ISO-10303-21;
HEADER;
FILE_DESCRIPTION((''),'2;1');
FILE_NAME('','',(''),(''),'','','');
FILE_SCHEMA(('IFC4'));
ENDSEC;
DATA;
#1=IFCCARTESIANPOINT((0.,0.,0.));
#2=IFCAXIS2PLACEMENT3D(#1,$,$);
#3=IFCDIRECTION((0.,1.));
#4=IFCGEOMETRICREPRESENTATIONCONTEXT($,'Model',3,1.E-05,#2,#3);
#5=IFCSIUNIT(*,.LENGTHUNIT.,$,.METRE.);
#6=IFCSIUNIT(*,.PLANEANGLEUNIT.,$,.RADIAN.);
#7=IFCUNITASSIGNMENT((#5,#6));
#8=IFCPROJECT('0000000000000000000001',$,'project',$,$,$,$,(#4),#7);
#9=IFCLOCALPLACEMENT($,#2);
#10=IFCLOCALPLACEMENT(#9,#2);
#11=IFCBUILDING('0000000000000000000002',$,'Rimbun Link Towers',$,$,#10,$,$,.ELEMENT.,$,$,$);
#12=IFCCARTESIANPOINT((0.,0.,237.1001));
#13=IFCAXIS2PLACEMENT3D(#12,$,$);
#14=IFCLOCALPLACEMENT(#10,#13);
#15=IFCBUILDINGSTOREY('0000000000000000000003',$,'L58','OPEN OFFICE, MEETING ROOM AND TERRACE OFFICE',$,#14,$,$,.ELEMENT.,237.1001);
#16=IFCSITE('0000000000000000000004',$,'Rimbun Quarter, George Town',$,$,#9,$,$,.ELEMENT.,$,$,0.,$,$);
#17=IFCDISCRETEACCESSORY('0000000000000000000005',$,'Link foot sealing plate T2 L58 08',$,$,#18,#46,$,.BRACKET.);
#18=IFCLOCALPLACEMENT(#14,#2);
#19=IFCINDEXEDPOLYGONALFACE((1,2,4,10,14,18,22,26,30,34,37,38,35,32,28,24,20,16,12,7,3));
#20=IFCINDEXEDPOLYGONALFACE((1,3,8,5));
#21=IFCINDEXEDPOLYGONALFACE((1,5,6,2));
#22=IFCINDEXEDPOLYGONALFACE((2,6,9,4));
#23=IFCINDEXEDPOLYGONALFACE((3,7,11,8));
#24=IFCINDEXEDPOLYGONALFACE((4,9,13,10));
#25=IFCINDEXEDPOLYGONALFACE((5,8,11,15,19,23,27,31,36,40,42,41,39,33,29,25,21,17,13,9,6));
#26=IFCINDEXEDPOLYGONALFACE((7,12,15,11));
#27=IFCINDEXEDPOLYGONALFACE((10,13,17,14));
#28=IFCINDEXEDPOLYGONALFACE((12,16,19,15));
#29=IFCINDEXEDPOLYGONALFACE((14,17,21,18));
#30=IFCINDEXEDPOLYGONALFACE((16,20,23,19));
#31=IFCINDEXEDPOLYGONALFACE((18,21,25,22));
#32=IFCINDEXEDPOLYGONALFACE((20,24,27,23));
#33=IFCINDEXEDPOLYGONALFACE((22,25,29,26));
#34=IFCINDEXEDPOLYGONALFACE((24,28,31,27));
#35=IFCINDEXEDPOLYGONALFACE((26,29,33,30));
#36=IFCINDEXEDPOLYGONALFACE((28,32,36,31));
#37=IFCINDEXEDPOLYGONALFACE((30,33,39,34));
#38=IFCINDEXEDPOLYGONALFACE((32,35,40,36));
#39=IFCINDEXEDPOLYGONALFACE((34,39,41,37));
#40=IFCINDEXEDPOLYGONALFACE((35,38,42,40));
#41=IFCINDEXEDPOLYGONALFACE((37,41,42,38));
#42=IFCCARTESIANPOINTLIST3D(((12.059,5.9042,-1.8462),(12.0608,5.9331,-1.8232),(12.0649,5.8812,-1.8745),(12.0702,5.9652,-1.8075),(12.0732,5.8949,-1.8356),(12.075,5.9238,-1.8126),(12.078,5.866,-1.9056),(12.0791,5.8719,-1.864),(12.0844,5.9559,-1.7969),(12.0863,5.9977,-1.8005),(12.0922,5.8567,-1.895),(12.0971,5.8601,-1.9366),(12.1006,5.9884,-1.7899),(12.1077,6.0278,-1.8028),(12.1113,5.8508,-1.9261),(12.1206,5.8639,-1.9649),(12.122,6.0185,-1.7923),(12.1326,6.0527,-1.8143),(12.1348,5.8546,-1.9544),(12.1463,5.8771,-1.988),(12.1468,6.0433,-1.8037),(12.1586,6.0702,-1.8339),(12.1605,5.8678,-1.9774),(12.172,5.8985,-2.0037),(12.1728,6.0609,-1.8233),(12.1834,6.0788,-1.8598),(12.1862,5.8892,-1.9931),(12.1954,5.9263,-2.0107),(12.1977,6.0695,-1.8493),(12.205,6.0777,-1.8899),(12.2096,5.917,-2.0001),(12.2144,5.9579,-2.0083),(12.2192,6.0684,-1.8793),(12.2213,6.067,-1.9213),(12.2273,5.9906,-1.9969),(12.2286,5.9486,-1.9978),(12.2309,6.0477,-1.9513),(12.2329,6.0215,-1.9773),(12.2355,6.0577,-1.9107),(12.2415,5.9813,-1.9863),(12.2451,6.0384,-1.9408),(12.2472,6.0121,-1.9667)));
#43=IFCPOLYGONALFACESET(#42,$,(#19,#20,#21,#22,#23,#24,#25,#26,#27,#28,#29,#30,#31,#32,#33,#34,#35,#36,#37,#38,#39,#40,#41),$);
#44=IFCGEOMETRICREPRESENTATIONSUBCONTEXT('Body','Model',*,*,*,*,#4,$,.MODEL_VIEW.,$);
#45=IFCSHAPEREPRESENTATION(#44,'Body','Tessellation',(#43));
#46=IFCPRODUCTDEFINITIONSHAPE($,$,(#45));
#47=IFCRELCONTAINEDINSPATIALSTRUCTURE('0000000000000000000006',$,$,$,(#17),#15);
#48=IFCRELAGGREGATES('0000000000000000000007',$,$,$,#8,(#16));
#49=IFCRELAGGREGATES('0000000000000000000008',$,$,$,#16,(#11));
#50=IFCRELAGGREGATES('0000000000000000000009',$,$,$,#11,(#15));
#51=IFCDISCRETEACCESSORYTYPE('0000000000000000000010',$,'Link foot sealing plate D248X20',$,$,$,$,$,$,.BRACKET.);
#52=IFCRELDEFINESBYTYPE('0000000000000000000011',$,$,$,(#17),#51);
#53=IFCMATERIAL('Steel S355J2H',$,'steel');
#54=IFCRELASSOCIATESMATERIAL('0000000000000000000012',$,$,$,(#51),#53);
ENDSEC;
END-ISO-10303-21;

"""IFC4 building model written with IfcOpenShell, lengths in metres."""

from ifc_helpers import new_model, si_unit, direction, frame, origin, origin_2d, place, context, subcontext, project, spatial, circle, extrude, material, material_profile, profile_set, type_object, element, save


model = new_model("IFC4")

# Units and contexts
model_context = context("Model", 3, precision=1e-05, world=origin(), true_north=direction((0.0, 1.0)))
body_context = subcontext(model_context, "Body", "Model", "MODEL_VIEW")
ifc_project = project(units=[si_unit("LENGTHUNIT", "METRE"), si_unit("PLANEANGLEUNIT", "RADIAN")], contexts=[model_context])

# Site, building, storey
site_placement = place(None, origin())
site = spatial("IfcSite", under=ifc_project, at=site_placement, Name="Rimbun Quarter, George Town", CompositionType="ELEMENT", RefElevation=0.0)
building_placement = place(site_placement, origin())
building = spatial("IfcBuilding", under=site, at=building_placement, Name="Rimbun Link Towers", CompositionType="ELEMENT")
storey_placement = place(building_placement, frame((0.0, 0.0, 237.1001)))
storey = spatial("IfcBuildingStorey", under=building, at=storey_placement, Name="L58", Description="OPEN OFFICE, MEETING ROOM AND TERRACE OFFICE", CompositionType="ELEMENT", Elevation=237.1001)

# Discrete accessory
ifc_material_1 = material(Name="Steel S355J2H", Category="steel")
ifc_material_profile_1 = material_profile(ifc_material_1, circle(Radius=0.124, at=origin_2d()), Name="PL D248")
ifc_profile_set_1 = profile_set([ifc_material_profile_1], Name="Steel S355J2H")
discrete_accessory_type = type_object("IfcDiscreteAccessoryType", Name="Link foot sealing plate D248X20", PredefinedType="BRACKET", material=ifc_profile_set_1)
discrete_accessory_placement = place(storey_placement, frame((12.1602, 5.9604, -1.895), z_axis=(-0.710868, 0.465741, -0.527023), x_axis=(-0.548026, -0.836461, 0.0)))
element("IfcDiscreteAccessory", 1, at=discrete_accessory_placement, inside=storey, type_object=discrete_accessory_type, Name="Link foot sealing plate T2 L58 08", PredefinedType="BRACKET", context=body_context, shape_type="SweptSolid", body=[
    extrude(circle(Radius=0.124, at=origin_2d()), origin(), (0.0, 0.0, 1.0), 0.02),
])

save(model, "model.ifc")
